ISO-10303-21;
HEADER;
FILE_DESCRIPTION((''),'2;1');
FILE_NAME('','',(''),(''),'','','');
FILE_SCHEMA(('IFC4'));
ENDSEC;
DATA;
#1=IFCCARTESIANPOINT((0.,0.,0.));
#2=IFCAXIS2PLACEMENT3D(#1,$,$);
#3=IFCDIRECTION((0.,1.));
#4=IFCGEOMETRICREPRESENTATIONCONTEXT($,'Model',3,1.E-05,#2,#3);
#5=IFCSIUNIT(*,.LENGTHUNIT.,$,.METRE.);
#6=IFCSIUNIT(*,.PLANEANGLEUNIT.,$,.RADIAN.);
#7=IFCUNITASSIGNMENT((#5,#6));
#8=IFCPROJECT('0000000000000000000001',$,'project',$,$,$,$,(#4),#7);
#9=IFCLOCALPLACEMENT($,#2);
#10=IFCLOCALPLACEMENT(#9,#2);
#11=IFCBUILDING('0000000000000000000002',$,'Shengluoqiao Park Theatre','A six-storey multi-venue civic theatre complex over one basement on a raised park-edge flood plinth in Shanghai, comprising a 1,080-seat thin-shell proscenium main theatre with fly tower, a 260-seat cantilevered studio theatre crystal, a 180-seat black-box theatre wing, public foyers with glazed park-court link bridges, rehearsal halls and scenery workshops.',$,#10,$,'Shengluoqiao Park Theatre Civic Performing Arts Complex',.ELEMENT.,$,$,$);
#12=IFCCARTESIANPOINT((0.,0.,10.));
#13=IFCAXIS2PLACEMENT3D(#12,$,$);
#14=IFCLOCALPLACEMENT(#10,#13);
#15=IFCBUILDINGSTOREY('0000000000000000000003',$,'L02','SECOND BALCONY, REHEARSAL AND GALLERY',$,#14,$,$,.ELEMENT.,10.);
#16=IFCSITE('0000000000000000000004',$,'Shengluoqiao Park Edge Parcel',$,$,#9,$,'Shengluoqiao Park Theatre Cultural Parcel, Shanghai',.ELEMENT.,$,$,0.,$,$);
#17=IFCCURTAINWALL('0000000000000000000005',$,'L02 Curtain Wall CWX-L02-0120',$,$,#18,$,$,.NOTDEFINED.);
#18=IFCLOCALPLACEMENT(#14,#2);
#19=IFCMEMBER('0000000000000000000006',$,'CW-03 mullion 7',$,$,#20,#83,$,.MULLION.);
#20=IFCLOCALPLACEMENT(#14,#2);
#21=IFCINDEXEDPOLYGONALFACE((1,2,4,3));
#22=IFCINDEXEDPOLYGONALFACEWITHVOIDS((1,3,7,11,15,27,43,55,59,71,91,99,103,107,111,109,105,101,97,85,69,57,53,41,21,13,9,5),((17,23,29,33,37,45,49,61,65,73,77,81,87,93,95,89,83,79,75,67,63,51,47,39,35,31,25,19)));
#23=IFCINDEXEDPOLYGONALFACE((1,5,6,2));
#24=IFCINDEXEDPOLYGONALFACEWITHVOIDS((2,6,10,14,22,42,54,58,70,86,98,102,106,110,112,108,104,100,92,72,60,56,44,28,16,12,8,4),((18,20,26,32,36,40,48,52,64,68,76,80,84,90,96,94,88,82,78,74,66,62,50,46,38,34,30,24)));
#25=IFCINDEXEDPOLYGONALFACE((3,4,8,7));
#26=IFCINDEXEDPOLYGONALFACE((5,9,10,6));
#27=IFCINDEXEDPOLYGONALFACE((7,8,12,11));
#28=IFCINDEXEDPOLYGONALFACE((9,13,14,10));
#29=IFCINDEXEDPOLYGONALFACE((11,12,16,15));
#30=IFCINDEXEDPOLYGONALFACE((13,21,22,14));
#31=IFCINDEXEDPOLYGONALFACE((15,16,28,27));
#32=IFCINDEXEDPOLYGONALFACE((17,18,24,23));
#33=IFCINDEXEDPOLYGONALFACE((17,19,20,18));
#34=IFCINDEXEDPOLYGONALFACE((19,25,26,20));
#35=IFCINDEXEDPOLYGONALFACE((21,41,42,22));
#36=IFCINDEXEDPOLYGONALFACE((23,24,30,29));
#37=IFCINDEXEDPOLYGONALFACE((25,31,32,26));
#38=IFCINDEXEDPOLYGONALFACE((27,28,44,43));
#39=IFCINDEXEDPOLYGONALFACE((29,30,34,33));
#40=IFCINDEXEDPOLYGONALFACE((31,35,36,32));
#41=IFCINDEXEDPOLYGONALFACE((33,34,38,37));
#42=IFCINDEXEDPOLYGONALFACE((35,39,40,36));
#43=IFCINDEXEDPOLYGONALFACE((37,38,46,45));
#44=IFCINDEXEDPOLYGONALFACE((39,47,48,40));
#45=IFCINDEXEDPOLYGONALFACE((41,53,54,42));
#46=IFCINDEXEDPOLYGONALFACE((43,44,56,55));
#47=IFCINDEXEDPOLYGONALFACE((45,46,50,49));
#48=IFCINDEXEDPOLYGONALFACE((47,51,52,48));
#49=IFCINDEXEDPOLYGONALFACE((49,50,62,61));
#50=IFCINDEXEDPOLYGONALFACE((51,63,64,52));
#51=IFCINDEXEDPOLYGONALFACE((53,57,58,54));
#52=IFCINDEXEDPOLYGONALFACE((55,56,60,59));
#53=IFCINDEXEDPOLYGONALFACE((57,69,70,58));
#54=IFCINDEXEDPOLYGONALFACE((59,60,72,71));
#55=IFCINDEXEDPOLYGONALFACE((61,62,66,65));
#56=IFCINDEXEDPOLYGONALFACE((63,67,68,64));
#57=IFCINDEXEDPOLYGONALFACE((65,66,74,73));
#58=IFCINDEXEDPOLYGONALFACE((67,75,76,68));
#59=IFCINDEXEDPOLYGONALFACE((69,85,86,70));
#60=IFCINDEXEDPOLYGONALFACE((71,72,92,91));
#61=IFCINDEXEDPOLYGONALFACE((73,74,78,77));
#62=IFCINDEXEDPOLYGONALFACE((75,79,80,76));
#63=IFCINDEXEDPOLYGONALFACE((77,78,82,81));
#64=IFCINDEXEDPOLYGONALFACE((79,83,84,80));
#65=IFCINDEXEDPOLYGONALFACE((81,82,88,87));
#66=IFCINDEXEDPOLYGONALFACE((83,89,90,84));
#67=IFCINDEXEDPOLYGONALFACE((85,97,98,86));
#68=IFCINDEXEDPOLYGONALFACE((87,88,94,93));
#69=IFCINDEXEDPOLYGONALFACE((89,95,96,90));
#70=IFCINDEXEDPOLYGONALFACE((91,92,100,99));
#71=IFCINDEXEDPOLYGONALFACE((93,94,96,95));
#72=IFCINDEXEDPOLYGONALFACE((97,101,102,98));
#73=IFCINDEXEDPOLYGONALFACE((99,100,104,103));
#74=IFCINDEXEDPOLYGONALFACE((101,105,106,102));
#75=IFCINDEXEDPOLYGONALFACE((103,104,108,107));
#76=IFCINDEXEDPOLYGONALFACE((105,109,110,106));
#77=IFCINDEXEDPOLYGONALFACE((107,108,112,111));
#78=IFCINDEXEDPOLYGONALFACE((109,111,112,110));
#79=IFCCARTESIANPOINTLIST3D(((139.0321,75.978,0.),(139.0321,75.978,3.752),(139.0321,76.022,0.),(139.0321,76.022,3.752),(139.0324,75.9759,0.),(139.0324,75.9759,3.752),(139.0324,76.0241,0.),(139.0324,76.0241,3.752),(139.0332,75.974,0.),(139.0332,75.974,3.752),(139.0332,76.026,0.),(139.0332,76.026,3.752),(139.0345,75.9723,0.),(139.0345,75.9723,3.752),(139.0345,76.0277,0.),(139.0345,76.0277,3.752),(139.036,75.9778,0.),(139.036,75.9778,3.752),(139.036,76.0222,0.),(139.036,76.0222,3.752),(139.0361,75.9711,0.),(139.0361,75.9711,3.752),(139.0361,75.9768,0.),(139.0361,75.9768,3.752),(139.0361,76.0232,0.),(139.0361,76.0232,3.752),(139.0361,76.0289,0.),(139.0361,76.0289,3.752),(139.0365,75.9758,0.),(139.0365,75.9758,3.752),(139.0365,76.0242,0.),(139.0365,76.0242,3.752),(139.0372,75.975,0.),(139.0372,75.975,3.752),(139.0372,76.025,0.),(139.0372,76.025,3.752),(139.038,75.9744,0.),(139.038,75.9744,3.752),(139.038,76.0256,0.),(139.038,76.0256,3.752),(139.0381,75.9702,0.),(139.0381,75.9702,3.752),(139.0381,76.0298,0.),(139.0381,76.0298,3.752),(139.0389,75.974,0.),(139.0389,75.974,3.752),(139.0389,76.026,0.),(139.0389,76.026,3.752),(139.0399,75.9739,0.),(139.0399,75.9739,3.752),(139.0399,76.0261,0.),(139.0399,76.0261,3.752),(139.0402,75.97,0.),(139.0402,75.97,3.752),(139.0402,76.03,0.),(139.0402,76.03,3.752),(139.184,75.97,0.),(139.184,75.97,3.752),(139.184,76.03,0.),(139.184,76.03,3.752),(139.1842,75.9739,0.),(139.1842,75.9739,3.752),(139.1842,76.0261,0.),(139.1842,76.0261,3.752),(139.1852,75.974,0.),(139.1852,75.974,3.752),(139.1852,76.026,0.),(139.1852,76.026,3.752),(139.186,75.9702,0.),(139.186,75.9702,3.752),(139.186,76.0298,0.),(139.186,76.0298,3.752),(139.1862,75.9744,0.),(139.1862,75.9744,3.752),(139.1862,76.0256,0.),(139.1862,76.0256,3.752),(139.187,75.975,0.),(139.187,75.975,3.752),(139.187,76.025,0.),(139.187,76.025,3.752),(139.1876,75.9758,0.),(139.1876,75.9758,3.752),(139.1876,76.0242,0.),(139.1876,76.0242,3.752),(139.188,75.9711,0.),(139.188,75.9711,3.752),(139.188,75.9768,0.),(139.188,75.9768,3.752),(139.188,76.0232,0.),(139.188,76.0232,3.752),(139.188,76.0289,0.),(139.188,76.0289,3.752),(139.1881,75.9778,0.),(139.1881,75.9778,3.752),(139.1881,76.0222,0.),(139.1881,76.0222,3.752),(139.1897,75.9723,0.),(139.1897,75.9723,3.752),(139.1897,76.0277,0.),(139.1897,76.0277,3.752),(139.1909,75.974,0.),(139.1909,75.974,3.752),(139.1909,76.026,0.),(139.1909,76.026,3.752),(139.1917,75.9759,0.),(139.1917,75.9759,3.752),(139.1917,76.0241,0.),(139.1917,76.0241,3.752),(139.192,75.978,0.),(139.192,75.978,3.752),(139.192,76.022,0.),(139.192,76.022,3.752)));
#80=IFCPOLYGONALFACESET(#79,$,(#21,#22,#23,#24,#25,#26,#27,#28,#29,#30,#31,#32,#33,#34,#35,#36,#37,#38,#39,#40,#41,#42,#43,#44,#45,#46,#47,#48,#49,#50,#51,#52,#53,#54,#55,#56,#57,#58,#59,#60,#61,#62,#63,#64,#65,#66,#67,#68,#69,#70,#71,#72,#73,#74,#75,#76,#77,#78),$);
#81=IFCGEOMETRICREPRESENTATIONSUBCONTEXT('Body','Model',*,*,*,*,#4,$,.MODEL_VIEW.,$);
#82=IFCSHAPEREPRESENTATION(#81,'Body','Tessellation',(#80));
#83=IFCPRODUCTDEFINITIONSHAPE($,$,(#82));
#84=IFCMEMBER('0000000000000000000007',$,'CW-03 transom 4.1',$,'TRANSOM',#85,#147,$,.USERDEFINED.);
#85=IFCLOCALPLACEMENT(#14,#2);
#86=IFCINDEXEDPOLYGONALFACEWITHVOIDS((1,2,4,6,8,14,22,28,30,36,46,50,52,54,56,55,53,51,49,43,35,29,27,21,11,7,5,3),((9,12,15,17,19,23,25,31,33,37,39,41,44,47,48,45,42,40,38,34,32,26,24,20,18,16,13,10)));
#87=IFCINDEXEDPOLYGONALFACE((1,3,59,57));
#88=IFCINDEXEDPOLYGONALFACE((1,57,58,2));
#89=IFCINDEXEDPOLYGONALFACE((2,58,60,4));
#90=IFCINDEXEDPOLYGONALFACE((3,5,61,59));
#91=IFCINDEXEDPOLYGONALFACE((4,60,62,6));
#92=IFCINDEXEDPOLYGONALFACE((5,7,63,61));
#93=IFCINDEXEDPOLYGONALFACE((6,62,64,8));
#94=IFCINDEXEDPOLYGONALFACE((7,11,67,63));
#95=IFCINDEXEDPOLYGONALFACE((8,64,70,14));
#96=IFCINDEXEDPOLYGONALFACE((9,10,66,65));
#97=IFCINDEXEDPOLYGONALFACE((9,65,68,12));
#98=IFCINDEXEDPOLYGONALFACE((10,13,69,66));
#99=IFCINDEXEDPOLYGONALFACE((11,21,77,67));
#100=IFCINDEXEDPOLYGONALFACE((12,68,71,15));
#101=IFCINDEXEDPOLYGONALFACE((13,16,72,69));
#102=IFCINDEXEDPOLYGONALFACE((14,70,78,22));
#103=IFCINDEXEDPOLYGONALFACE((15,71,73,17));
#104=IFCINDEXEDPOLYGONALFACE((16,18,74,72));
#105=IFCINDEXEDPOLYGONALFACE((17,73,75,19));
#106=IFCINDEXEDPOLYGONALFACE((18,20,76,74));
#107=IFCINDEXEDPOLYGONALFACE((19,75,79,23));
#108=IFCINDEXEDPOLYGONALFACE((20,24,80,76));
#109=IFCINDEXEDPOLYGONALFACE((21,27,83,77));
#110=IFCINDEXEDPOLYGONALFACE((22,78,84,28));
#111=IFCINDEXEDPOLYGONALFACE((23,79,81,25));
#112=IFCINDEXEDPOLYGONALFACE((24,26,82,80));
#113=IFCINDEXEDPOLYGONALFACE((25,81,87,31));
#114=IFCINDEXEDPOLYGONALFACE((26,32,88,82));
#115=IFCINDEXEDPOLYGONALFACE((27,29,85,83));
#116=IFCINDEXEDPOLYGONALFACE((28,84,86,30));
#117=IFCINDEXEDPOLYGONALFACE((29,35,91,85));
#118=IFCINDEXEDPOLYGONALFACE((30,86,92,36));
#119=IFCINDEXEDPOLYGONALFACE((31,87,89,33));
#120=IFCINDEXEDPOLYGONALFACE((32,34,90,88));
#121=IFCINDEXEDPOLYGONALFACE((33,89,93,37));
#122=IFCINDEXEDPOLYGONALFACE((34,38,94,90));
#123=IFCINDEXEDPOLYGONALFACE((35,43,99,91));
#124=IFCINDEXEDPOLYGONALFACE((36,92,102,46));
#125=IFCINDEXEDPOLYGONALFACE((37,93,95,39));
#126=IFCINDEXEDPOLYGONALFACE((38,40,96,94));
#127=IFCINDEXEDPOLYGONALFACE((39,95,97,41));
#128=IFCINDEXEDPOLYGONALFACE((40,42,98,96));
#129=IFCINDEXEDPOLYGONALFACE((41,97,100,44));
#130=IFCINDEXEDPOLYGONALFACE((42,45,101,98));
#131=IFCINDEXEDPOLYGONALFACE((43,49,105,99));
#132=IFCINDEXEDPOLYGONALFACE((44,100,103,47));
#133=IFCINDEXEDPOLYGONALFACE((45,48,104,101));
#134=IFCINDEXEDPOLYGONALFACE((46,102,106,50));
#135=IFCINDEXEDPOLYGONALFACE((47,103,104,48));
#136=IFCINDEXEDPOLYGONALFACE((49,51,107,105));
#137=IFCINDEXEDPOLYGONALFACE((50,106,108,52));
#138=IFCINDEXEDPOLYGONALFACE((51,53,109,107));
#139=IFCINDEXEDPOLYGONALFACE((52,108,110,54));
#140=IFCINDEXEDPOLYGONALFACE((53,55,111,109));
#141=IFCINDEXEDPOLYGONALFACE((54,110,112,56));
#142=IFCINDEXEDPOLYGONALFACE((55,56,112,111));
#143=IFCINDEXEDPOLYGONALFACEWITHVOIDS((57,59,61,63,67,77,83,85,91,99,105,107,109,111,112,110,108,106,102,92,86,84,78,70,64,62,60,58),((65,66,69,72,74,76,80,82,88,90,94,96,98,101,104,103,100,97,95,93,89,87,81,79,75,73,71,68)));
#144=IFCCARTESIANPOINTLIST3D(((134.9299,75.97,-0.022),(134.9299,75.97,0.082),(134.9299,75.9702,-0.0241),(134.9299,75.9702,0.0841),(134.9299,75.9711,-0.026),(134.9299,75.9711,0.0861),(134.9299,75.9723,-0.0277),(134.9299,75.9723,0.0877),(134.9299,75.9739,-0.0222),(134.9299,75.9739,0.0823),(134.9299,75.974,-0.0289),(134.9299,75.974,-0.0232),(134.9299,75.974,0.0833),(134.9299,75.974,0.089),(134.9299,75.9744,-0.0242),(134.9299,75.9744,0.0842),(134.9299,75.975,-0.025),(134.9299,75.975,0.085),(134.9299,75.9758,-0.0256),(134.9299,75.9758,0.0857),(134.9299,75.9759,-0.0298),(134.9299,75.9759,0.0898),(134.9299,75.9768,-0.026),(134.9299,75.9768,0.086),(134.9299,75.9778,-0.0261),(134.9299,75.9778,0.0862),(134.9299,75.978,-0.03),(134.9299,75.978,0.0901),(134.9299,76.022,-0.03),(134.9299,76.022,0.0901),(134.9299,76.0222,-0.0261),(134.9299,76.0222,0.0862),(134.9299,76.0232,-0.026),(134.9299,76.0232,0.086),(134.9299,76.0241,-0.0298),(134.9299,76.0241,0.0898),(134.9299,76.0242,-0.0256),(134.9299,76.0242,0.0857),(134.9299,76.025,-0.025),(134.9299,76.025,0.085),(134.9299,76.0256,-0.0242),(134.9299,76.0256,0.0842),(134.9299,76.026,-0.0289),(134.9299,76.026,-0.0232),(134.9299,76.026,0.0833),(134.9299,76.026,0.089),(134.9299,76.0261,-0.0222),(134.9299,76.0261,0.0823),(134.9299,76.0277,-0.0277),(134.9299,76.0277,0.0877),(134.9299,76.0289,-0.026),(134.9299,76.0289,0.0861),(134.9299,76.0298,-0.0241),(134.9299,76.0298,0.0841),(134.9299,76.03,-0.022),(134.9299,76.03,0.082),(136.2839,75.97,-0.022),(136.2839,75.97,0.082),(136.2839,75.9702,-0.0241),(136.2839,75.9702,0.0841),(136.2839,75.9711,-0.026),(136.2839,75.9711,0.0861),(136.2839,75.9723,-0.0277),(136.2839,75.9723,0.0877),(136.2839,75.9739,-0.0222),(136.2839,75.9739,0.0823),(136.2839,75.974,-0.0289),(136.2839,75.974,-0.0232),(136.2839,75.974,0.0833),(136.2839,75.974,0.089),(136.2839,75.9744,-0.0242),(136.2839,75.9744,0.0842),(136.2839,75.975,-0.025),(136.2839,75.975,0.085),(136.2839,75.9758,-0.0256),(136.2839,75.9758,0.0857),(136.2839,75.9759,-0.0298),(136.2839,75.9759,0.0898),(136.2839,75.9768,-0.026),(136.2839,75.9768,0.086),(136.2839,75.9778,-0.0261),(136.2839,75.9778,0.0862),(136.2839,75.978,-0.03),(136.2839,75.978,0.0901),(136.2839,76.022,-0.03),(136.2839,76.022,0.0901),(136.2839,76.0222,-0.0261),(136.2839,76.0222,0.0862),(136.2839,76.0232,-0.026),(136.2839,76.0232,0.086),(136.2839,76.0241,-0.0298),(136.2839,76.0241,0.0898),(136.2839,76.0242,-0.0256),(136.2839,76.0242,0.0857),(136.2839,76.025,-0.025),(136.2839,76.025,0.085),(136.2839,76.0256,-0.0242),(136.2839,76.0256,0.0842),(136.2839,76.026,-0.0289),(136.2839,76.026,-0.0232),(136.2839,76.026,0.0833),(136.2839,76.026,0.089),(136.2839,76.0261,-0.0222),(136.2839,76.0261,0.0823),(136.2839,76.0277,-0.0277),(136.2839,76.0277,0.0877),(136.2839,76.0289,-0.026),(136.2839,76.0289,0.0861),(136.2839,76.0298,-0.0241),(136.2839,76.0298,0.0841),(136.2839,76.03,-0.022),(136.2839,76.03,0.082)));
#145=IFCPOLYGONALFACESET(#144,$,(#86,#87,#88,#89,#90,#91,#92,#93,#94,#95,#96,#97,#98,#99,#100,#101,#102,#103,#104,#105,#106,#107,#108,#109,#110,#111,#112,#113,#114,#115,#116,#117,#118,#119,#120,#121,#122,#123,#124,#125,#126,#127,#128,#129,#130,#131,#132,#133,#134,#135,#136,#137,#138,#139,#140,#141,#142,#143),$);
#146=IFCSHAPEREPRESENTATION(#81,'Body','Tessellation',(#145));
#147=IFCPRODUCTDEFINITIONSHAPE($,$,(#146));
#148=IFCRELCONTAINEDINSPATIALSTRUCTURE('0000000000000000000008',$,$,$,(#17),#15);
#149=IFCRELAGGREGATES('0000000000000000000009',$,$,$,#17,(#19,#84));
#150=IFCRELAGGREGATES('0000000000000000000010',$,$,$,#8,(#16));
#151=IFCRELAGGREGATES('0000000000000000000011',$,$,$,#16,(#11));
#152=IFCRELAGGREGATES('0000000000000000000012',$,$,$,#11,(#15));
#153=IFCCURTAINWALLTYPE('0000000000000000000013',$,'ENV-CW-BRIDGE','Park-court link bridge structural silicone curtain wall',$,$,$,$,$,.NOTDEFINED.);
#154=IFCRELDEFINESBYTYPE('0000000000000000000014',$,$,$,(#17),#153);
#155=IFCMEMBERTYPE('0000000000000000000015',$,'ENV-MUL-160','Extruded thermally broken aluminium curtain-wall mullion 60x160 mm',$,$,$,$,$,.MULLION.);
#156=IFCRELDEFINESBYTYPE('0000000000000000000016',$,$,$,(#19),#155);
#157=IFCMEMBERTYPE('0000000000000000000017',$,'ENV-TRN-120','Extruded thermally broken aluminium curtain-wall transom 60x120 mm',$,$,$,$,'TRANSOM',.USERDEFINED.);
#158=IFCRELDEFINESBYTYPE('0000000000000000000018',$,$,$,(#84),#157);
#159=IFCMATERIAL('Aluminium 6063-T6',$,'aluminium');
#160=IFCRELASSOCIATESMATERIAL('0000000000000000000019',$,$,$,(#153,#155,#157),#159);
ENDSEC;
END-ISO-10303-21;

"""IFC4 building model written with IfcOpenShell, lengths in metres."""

from ifc_helpers import new_model, si_unit, direction, frame, origin, origin_2d, place, context, subcontext, project, spatial, hollow_rectangle, extrude, material, material_profile, profile_set, type_object, element, aggregate, save


model = new_model("IFC4")

# Units and contexts
model_context = context("Model", 3, precision=1e-05, world=origin(), true_north=direction((0.0, 1.0)))
body_context = subcontext(model_context, "Body", "Model", "MODEL_VIEW")
ifc_project = project(units=[si_unit("LENGTHUNIT", "METRE"), si_unit("PLANEANGLEUNIT", "RADIAN")], contexts=[model_context])

# Site, building, storey
site_placement = place(None, origin())
site = spatial("IfcSite", under=ifc_project, at=site_placement, Name="Shengluoqiao Park Edge Parcel", LongName="Shengluoqiao Park Theatre Cultural Parcel, Shanghai", CompositionType="ELEMENT", RefElevation=0.0)
building_placement = place(site_placement, origin())
building = spatial("IfcBuilding", under=site, at=building_placement, Name="Shengluoqiao Park Theatre", Description="A six-storey multi-venue civic theatre complex over one basement on a raised park-edge flood plinth in Shanghai, comprising a 1,080-seat thin-shell proscenium main theatre with fly tower, a 260-seat cantilevered studio theatre crystal, a 180-seat black-box theatre wing, public foyers with glazed park-court link bridges, rehearsal halls and scenery workshops.", LongName="Shengluoqiao Park Theatre Civic Performing Arts Complex", CompositionType="ELEMENT")
storey_placement = place(building_placement, frame((0.0, 0.0, 10.0)))
storey = spatial("IfcBuildingStorey", under=building, at=storey_placement, Name="L02", Description="SECOND BALCONY, REHEARSAL AND GALLERY", CompositionType="ELEMENT", Elevation=10.0)

# Curtain wall, members
ifc_material_1 = material(Name="Aluminium 6063-T6", Category="aluminium")
curtain_wall_type = type_object("IfcCurtainWallType", Name="ENV-CW-BRIDGE", Description="Park-court link bridge structural silicone curtain wall", PredefinedType="NOTDEFINED", material=ifc_material_1)
curtain_wall_placement = place(storey_placement, origin())
curtain_wall = element("IfcCurtainWall", 1, at=curtain_wall_placement, inside=storey, type_object=curtain_wall_type, Name="L02 Curtain Wall CWX-L02-0120", PredefinedType="NOTDEFINED")
ifc_material_profile_1 = material_profile(ifc_material_1, hollow_rectangle(XDim=0.0601, YDim=0.1599, WallThickness=0.0039, InnerFilletRadius=0.0039, OuterFilletRadius=0.0081, at=origin_2d()), Name="ALU MULLION 160x60x4")
ifc_profile_set_1 = profile_set([ifc_material_profile_1], Name="Aluminium 6063-T6")
member_type_1 = type_object("IfcMemberType", Name="ENV-MUL-160", Description="Extruded thermally broken aluminium curtain-wall mullion 60x160 mm", PredefinedType="MULLION", material=ifc_profile_set_1)
member_1_placement = place(storey_placement, frame((139.1121, 76.0, 0.0), z_axis=(0.0, 0.0, 1.0), x_axis=(0.0, 1.0, 0.0)))
member_1 = element("IfcMember", 2, at=member_1_placement, type_object=member_type_1, Name="CW-03 mullion 7", PredefinedType="MULLION", context=body_context, shape_type="SweptSolid", body=[
    extrude(hollow_rectangle(XDim=0.0601, YDim=0.1599, WallThickness=0.0039, InnerFilletRadius=0.0039, OuterFilletRadius=0.0081, at=origin_2d()), origin(), (0.0, 0.0, 1.0), 3.752),
])
ifc_material_profile_2 = material_profile(ifc_material_1, hollow_rectangle(XDim=0.0601, YDim=0.1201, WallThickness=0.0039, InnerFilletRadius=0.0039, OuterFilletRadius=0.0081, at=origin_2d()), Name="ALU TRANSOM 120x60x4")
ifc_profile_set_2 = profile_set([ifc_material_profile_2], Name="Aluminium 6063-T6")
member_type_2 = type_object("IfcMemberType", Name="ENV-TRN-120", Description="Extruded thermally broken aluminium curtain-wall transom 60x120 mm", ElementType="TRANSOM", PredefinedType="USERDEFINED", material=ifc_profile_set_2)
member_2_placement = place(storey_placement, frame((134.9299, 76.0, 0.03), z_axis=(1.0, 0.0, 0.0), x_axis=(0.0, 1.0, 0.0)))
member_2 = element("IfcMember", 3, at=member_2_placement, type_object=member_type_2, Name="CW-03 transom 4.1", ObjectType="TRANSOM", PredefinedType="USERDEFINED", context=body_context, shape_type="SweptSolid", body=[
    extrude(hollow_rectangle(XDim=0.0601, YDim=0.1201, WallThickness=0.0039, InnerFilletRadius=0.0039, OuterFilletRadius=0.0081, at=origin_2d()), origin(), (0.0, 0.0, 1.0), 1.354),
])

aggregate(curtain_wall, [member_1, member_2])

save(model, "model.ifc")
